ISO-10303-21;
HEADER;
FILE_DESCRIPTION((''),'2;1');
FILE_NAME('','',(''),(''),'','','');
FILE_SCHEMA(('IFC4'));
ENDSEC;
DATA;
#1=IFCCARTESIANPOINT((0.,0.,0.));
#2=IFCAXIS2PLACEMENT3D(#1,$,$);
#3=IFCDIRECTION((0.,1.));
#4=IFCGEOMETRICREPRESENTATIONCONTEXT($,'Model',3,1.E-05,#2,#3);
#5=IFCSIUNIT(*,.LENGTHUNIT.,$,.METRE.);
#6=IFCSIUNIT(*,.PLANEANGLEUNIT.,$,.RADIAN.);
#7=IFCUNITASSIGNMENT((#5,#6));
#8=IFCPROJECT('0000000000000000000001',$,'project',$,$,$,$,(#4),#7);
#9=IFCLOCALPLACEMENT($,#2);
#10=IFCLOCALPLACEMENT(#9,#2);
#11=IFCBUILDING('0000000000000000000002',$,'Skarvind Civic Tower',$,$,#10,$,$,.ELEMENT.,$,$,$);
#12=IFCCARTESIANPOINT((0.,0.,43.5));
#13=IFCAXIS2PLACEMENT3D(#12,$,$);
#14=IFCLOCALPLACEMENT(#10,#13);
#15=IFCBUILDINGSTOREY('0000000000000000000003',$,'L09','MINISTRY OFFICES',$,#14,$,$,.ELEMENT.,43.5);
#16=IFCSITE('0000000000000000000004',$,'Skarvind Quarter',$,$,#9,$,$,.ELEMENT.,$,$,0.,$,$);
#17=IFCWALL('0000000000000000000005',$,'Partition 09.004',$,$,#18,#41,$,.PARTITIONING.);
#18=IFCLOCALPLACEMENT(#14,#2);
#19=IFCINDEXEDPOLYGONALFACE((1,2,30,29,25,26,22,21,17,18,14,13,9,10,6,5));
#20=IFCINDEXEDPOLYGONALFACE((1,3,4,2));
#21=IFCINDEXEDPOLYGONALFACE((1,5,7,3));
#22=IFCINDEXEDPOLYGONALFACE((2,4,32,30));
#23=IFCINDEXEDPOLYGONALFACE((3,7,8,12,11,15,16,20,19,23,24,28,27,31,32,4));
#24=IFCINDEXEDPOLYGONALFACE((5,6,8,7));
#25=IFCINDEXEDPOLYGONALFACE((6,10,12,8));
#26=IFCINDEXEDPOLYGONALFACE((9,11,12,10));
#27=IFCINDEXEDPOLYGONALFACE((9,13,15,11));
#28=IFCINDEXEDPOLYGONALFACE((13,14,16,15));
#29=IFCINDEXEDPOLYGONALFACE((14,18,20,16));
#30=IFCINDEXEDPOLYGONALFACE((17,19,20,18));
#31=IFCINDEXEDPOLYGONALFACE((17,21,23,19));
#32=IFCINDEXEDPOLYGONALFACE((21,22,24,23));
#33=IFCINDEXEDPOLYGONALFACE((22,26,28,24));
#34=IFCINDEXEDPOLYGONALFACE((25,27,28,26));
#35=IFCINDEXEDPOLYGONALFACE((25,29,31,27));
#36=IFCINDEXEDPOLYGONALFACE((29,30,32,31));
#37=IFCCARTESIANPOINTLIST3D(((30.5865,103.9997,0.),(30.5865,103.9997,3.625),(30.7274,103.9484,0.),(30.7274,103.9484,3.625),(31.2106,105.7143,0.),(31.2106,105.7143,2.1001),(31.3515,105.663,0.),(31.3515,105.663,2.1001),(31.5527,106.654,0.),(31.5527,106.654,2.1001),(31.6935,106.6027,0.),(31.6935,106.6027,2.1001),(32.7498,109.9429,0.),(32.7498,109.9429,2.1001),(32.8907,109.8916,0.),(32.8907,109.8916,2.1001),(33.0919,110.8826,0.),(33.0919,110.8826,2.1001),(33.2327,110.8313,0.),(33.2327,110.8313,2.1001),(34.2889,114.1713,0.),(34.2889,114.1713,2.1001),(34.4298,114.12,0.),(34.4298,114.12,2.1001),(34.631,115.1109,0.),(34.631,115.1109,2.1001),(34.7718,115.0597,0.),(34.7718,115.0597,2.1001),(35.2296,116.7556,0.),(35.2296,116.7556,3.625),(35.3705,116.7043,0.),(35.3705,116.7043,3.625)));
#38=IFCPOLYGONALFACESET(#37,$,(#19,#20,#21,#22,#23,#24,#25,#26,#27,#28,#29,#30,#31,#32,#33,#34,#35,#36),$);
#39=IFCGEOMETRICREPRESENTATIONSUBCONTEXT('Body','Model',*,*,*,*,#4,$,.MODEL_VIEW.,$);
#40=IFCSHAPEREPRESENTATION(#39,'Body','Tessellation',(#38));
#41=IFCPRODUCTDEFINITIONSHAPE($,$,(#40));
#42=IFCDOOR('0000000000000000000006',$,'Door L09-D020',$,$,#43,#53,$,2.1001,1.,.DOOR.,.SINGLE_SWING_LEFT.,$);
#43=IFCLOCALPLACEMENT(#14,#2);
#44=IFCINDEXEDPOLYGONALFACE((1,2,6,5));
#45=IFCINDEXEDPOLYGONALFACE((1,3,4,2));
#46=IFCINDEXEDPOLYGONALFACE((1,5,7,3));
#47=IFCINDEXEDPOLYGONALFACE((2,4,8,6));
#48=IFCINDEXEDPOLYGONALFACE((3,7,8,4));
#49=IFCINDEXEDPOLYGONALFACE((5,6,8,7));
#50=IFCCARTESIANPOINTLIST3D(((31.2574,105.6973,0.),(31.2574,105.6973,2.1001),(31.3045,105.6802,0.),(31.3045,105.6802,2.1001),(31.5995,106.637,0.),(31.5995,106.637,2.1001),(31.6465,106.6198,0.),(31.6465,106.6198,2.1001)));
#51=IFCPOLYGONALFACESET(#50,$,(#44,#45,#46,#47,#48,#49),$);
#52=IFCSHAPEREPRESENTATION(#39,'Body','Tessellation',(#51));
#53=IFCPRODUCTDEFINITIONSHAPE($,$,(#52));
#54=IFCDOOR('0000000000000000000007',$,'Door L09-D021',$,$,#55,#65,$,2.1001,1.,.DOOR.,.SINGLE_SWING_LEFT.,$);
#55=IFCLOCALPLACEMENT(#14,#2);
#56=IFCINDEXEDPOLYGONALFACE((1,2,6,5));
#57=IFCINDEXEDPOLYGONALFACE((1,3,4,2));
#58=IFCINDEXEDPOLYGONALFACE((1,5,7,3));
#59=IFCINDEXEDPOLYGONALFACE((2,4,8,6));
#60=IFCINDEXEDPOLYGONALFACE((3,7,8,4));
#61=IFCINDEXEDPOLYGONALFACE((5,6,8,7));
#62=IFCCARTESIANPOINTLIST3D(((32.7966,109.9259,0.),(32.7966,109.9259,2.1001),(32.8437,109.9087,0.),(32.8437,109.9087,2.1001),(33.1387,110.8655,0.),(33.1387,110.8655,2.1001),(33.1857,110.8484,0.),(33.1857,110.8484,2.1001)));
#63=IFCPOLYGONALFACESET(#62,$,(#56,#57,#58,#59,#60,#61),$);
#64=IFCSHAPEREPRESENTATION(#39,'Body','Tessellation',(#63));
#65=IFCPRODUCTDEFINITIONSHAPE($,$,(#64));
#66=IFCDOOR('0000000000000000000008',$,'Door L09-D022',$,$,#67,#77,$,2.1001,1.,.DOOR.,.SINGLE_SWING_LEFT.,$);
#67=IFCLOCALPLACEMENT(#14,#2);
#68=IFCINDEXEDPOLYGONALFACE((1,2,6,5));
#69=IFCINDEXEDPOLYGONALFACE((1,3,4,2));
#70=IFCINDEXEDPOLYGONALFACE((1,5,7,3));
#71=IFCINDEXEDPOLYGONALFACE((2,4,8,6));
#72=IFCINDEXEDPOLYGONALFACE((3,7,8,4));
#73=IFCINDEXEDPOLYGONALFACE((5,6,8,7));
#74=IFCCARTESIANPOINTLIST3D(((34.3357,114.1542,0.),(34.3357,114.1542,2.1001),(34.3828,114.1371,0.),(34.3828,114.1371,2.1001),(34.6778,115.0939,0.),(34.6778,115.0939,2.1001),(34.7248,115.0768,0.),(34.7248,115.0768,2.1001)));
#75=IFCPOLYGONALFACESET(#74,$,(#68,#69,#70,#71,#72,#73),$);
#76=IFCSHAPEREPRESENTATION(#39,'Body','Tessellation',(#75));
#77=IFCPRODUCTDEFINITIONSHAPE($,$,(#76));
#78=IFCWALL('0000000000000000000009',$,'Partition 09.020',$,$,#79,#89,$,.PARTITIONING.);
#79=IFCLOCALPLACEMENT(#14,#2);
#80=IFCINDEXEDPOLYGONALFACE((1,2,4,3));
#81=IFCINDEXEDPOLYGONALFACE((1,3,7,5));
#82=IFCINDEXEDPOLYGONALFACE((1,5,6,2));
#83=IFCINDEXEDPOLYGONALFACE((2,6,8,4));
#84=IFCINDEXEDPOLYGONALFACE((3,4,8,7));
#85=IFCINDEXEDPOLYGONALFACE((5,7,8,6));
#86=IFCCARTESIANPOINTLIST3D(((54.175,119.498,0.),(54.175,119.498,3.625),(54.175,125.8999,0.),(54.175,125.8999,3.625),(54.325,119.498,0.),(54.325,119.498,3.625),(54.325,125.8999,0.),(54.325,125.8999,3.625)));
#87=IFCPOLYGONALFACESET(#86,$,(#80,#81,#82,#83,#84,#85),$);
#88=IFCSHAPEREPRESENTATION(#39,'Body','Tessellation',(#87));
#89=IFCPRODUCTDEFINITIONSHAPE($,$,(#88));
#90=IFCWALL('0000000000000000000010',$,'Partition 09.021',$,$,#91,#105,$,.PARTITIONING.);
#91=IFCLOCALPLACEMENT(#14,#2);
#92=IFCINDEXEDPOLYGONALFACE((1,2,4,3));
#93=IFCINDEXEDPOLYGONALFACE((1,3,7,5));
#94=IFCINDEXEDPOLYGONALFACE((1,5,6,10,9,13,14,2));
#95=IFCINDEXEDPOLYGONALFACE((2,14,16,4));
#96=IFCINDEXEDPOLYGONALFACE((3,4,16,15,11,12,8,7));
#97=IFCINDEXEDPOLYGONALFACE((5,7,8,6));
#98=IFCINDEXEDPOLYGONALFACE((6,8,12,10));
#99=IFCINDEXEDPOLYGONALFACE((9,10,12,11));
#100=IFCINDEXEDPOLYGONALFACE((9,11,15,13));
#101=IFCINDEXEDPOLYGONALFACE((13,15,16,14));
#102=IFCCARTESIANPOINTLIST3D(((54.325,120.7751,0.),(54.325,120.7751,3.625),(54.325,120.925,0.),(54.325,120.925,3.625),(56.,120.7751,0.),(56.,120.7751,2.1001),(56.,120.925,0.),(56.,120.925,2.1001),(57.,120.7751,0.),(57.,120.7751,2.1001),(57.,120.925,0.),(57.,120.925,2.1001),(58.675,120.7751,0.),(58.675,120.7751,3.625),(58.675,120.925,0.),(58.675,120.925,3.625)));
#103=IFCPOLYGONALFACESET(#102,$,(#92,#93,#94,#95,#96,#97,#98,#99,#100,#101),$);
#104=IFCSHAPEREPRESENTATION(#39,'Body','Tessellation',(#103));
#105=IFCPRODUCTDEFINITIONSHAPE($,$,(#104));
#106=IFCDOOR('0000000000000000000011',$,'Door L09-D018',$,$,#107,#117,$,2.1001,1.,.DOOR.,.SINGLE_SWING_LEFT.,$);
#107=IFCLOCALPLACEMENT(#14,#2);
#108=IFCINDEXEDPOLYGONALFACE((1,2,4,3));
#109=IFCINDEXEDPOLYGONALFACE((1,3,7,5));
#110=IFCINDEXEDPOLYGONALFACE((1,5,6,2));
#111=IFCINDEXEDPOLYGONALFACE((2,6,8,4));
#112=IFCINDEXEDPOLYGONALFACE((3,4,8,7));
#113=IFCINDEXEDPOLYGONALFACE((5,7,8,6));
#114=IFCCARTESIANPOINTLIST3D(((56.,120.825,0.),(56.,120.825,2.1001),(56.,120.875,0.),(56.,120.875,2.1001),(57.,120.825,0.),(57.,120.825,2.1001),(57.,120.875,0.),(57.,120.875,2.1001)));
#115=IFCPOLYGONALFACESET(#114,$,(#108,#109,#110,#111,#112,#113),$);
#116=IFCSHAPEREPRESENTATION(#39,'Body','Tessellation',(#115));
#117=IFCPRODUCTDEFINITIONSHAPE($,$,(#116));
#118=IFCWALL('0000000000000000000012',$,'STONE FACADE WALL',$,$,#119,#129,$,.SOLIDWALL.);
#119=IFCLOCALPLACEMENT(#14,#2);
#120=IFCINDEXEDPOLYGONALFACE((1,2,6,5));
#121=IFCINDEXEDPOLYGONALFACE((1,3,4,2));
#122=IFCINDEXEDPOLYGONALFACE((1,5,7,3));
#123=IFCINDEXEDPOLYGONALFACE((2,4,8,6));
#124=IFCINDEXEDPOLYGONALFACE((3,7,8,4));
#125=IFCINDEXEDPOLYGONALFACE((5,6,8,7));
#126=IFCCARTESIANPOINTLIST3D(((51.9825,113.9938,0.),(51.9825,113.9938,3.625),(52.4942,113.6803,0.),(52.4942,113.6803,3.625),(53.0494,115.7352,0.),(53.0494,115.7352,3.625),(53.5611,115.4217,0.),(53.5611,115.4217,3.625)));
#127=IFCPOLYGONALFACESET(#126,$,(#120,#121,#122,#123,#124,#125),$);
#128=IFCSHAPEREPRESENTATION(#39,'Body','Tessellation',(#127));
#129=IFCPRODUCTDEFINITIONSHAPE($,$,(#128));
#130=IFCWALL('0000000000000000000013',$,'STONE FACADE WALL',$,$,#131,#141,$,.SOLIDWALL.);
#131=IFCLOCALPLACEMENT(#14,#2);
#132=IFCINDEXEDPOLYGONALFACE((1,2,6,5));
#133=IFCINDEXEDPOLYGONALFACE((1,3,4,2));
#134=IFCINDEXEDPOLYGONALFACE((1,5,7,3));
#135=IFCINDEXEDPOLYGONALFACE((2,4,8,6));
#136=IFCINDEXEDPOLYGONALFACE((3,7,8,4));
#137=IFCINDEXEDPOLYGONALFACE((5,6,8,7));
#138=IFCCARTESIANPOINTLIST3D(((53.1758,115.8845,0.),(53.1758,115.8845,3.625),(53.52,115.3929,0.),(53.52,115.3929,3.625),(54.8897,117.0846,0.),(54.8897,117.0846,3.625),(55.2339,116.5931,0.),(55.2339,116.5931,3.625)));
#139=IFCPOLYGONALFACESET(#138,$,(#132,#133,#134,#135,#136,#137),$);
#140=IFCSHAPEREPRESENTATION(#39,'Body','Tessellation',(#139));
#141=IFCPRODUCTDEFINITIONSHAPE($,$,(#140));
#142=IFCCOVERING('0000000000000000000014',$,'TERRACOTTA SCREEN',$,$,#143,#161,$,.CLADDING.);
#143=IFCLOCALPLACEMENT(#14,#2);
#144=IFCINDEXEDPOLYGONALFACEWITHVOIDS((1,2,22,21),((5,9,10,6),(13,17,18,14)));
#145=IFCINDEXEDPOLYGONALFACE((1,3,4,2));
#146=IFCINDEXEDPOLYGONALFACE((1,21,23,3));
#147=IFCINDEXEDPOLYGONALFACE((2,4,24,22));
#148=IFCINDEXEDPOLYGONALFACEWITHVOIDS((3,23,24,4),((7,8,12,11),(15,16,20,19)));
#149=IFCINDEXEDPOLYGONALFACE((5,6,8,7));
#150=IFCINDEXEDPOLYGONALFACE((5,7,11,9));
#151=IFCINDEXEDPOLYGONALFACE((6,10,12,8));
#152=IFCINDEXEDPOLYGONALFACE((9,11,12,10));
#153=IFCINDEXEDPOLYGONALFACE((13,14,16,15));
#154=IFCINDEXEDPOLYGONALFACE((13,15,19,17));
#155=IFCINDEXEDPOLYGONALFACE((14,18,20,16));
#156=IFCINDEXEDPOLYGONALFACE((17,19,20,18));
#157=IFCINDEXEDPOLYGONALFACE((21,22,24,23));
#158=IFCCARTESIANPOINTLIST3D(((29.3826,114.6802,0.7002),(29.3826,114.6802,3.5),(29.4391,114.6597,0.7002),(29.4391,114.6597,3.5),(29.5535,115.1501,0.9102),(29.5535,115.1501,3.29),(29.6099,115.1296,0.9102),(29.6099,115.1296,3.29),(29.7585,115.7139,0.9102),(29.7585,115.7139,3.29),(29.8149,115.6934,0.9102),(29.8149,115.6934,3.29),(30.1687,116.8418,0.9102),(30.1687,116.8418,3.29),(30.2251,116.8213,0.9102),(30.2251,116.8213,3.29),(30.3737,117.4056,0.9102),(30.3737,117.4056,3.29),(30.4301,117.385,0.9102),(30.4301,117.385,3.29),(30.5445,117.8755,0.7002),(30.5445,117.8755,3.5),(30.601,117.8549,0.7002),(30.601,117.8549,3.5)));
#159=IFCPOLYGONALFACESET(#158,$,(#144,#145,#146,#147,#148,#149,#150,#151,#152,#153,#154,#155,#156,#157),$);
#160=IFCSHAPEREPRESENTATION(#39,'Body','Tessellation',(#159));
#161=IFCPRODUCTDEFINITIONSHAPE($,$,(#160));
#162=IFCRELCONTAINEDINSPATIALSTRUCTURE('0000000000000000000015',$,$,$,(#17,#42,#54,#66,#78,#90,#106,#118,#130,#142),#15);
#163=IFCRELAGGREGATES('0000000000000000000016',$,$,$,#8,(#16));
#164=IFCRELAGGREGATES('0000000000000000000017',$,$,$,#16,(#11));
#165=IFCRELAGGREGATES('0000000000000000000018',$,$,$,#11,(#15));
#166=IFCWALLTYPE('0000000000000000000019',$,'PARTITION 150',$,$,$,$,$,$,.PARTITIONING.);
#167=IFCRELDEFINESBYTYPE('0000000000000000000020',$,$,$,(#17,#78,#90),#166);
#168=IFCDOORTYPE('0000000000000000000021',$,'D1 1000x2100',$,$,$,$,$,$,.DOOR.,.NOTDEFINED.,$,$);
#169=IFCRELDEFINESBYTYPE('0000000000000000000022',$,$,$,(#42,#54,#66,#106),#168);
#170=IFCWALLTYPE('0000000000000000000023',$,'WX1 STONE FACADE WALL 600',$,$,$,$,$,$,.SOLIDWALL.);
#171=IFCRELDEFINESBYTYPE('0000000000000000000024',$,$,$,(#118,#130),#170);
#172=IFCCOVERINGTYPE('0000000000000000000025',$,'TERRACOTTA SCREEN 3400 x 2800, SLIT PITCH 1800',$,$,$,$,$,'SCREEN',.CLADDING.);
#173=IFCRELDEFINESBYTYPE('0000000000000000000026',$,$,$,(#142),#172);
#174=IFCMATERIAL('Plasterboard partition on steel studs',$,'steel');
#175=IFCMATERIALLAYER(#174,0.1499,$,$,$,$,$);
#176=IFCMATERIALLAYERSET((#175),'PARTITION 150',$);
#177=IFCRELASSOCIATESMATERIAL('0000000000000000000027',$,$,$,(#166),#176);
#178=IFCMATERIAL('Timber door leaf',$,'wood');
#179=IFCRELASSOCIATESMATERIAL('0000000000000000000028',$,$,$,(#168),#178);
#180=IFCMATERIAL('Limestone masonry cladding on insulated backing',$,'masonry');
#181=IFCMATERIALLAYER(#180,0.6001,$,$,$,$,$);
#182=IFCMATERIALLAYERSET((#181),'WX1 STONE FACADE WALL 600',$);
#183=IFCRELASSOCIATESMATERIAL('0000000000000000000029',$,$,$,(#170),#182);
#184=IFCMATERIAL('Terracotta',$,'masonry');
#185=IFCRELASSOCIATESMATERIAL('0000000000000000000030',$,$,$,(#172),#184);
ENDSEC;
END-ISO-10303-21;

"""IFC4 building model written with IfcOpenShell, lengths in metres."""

from ifc_helpers import new_model, si_unit, direction, frame, frame_2d, origin, place, context, subcontext, project, spatial, polyline, rectangle, outline, extrude, material, layer, layer_set, material_profile, profile_set, type_object, element, fill, save


model = new_model("IFC4")

# Units and contexts
model_context = context("Model", 3, precision=1e-05, world=origin(), true_north=direction((0.0, 1.0)))
body_context = subcontext(model_context, "Body", "Model", "MODEL_VIEW")
ifc_project = project(units=[si_unit("LENGTHUNIT", "METRE"), si_unit("PLANEANGLEUNIT", "RADIAN")], contexts=[model_context])

# Site, building, storey
site_placement = place(None, origin())
site = spatial("IfcSite", under=ifc_project, at=site_placement, Name="Skarvind Quarter", CompositionType="ELEMENT", RefElevation=0.0)
building_placement = place(site_placement, origin())
building = spatial("IfcBuilding", under=site, at=building_placement, Name="Skarvind Civic Tower", CompositionType="ELEMENT")
storey_placement = place(building_placement, frame((0.0, 0.0, 43.5)))
storey = spatial("IfcBuildingStorey", under=building, at=storey_placement, Name="L09", Description="MINISTRY OFFICES", CompositionType="ELEMENT", Elevation=43.5)

# Shared definitions
ifc_material_1 = material(Name="Plasterboard partition on steel studs", Category="steel")
ifc_layer_1 = layer(ifc_material_1, 0.1499)
ifc_layer_set_1 = layer_set([ifc_layer_1], Name="PARTITION 150")
wall_type_1 = type_object("IfcWallType", Name="PARTITION 150", PredefinedType="PARTITIONING", material=ifc_layer_set_1)

# Wall, openings, doors
wall_1_placement = place(storey_placement, frame((35.3, 116.73, 0.0), z_axis=(0.0, 0.0, 1.0), x_axis=(-0.342041, -0.939685, 0.0)))
wall_1 = element("IfcWall", 1, at=wall_1_placement, inside=storey, type_object=wall_type_1, Name="Partition 09.004", PredefinedType="PARTITIONING", context=body_context, shape_type="SweptSolid", body=[
    extrude(rectangle(XDim=13.5747, YDim=0.1499, at=frame_2d((6.7874, 0.0))), origin(), (0.0, 0.0, 1.0), 3.625),
])
opening_1_placement = place(wall_1_placement, frame((10.75, 0.0, 0.0)))
opening_1 = element("IfcOpeningElement", 2, at=opening_1_placement, cuts=wall_1, PredefinedType="OPENING", context=body_context, shape_type="SweptSolid", body=[
    extrude(rectangle(XDim=1.0, YDim=2.1001, at=frame_2d((0.5, 1.05))), frame((0.0, 0.085, 0.0), z_axis=(0.0, -1.0, 0.0), x_axis=(1.0, 0.0, 0.0)), (0.0, 0.0, 1.0), 0.1699),
])
opening_2_placement = place(wall_1_placement, frame((6.25, 0.0, 0.0)))
opening_2 = element("IfcOpeningElement", 3, at=opening_2_placement, cuts=wall_1, PredefinedType="OPENING", context=body_context, shape_type="SweptSolid", body=[
    extrude(rectangle(XDim=1.0, YDim=2.1001, at=frame_2d((0.5, 1.05))), frame((0.0, 0.085, 0.0), z_axis=(0.0, -1.0, 0.0), x_axis=(1.0, 0.0, 0.0)), (0.0, 0.0, 1.0), 0.1699),
])
opening_3_placement = place(wall_1_placement, frame((1.7502, 0.0, 0.0)))
opening_3 = element("IfcOpeningElement", 4, at=opening_3_placement, cuts=wall_1, PredefinedType="OPENING", context=body_context, shape_type="SweptSolid", body=[
    extrude(rectangle(XDim=1.0, YDim=2.1001, at=frame_2d((0.5, 1.05))), frame((0.0, 0.085, 0.0), z_axis=(0.0, -1.0, 0.0), x_axis=(1.0, 0.0, 0.0)), (0.0, 0.0, 1.0), 0.1699),
])
ifc_material_2 = material(Name="Timber door leaf", Category="wood")
door_type_1 = type_object("IfcDoorType", Name="D1 1000x2100", OperationType="NOTDEFINED", PredefinedType="DOOR", material=ifc_material_2)
door_1_placement = place(opening_1_placement, origin())
door_1 = element("IfcDoor", 5, at=door_1_placement, inside=storey, type_object=door_type_1, Name="Door L09-D020", OperationType="SINGLE_SWING_LEFT", OverallHeight=2.1001, OverallWidth=1.0, PredefinedType="DOOR", context=body_context, shape_type="SweptSolid", body=[
    extrude(rectangle(XDim=1.0, YDim=2.1001, at=frame_2d((0.5, 1.05))), frame((0.0, 0.0249, 0.0), z_axis=(0.0, -1.0, 0.0), x_axis=(1.0, 0.0, 0.0)), (0.0, 0.0, 1.0), 0.05),
])
fill(opening_1, door_1)
door_2_placement = place(opening_2_placement, origin())
door_2 = element("IfcDoor", 6, at=door_2_placement, inside=storey, type_object=door_type_1, Name="Door L09-D021", OperationType="SINGLE_SWING_LEFT", OverallHeight=2.1001, OverallWidth=1.0, PredefinedType="DOOR", context=body_context, shape_type="SweptSolid", body=[
    extrude(rectangle(XDim=1.0, YDim=2.1001, at=frame_2d((0.5, 1.05))), frame((0.0, 0.0249, 0.0), z_axis=(0.0, -1.0, 0.0), x_axis=(1.0, 0.0, 0.0)), (0.0, 0.0, 1.0), 0.05),
])
fill(opening_2, door_2)
door_3_placement = place(opening_3_placement, origin())
door_3 = element("IfcDoor", 7, at=door_3_placement, inside=storey, type_object=door_type_1, Name="Door L09-D022", OperationType="SINGLE_SWING_LEFT", OverallHeight=2.1001, OverallWidth=1.0, PredefinedType="DOOR", context=body_context, shape_type="SweptSolid", body=[
    extrude(rectangle(XDim=1.0, YDim=2.1001, at=frame_2d((0.5, 1.05))), frame((0.0, 0.0249, 0.0), z_axis=(0.0, -1.0, 0.0), x_axis=(1.0, 0.0, 0.0)), (0.0, 0.0, 1.0), 0.05),
])
fill(opening_3, door_3)

# Wall
wall_2_placement = place(storey_placement, frame((54.25, 119.498, 0.0), z_axis=(0.0, 0.0, 1.0), x_axis=(0.0, 1.0, 0.0)))
element("IfcWall", 8, at=wall_2_placement, inside=storey, type_object=wall_type_1, Name="Partition 09.020", PredefinedType="PARTITIONING", context=body_context, shape_type="SweptSolid", body=[
    extrude(rectangle(XDim=6.4019, YDim=0.1499, at=frame_2d((3.2009, 0.0))), origin(), (0.0, 0.0, 1.0), 3.625),
])

# Wall, opening, door
wall_3_placement = place(storey_placement, frame((54.325, 120.8501, 0.0), z_axis=(0.0, 0.0, 1.0), x_axis=(1.0, 0.0, 0.0)))
wall_3 = element("IfcWall", 9, at=wall_3_placement, inside=storey, type_object=wall_type_1, Name="Partition 09.021", PredefinedType="PARTITIONING", context=body_context, shape_type="SweptSolid", body=[
    extrude(rectangle(XDim=4.3501, YDim=0.1499, at=frame_2d((2.175, 0.0))), origin(), (0.0, 0.0, 1.0), 3.625),
])
opening_4_placement = place(wall_3_placement, frame((1.675, 0.0, 0.0)))
opening_4 = element("IfcOpeningElement", 10, at=opening_4_placement, cuts=wall_3, PredefinedType="OPENING", context=body_context, shape_type="SweptSolid", body=[
    extrude(rectangle(XDim=1.0, YDim=2.1001, at=frame_2d((0.5, 1.05))), frame((0.0, 0.085, 0.0), z_axis=(0.0, -1.0, 0.0), x_axis=(1.0, 0.0, 0.0)), (0.0, 0.0, 1.0), 0.1699),
])
door_4_placement = place(opening_4_placement, origin())
door_4 = element("IfcDoor", 11, at=door_4_placement, inside=storey, type_object=door_type_1, Name="Door L09-D018", OperationType="SINGLE_SWING_LEFT", OverallHeight=2.1001, OverallWidth=1.0, PredefinedType="DOOR", context=body_context, shape_type="SweptSolid", body=[
    extrude(rectangle(XDim=1.0, YDim=2.1001, at=frame_2d((0.5, 1.05))), frame((0.0, 0.0249, 0.0), z_axis=(0.0, -1.0, 0.0), x_axis=(1.0, 0.0, 0.0)), (0.0, 0.0, 1.0), 0.05),
])
fill(opening_4, door_4)

# Shared definitions
ifc_material_3 = material(Name="Limestone masonry cladding on insulated backing", Category="masonry")
ifc_layer_2 = layer(ifc_material_3, 0.6001)
ifc_layer_set_2 = layer_set([ifc_layer_2], Name="WX1 STONE FACADE WALL 600")
wall_type_2 = type_object("IfcWallType", Name="WX1 STONE FACADE WALL 600", PredefinedType="SOLIDWALL", material=ifc_layer_set_2)

# Walls
wall_4_placement = place(storey_placement, frame((53.3052, 115.5784, 0.0), z_axis=(0.0, 0.0, 1.0), x_axis=(-0.522402, -0.852699, 0.0)))
element("IfcWall", 12, at=wall_4_placement, inside=storey, type_object=wall_type_2, Name="STONE FACADE WALL", PredefinedType="SOLIDWALL", context=body_context, shape_type="SweptSolid", body=[
    extrude(rectangle(XDim=2.0422, YDim=0.6001, at=frame_2d((1.021, 0.0))), origin(), (0.0, 0.0, 1.0), 3.625),
])
wall_5_placement = place(storey_placement, frame((55.0618, 116.8389, 0.0), z_axis=(0.0, 0.0, 1.0), x_axis=(-0.819122, -0.573619, 0.0)))
element("IfcWall", 13, at=wall_5_placement, inside=storey, type_object=wall_type_2, Name="STONE FACADE WALL", PredefinedType="SOLIDWALL", context=body_context, shape_type="SweptSolid", body=[
    extrude(rectangle(XDim=2.0923, YDim=0.6001, at=frame_2d((1.0461, 0.0))), origin(), (0.0, 0.0, 1.0), 3.625),
])

# Covering
ifc_material_4 = material(Name="Terracotta", Category="masonry")
ifc_material_profile_1 = material_profile(ifc_material_4, outline(polyline([(-1.7, -1.3999), (1.7, -1.3999), (1.7, 1.3999), (-1.7, 1.3999), (-1.7, -1.3999)]), holes=[polyline([(-1.2, -1.1899), (-0.6001, -1.1899), (-0.6001, 1.1899), (-1.2, 1.1899), (-1.2, -1.1899)]), polyline([(0.6001, -1.1899), (1.2, -1.1899), (1.2, 1.1899), (0.6001, 1.1899), (0.6001, -1.1899)])]), Name="TERRACOTTA SCREEN 3400 x 2800, SLIT PITCH 1800")
ifc_profile_set_1 = profile_set([ifc_material_profile_1], Name="Terracotta")
covering_type = type_object("IfcCoveringType", Name="TERRACOTTA SCREEN 3400 x 2800, SLIT PITCH 1800", ElementType="SCREEN", PredefinedType="CLADDING", material=ifc_profile_set_1)
covering_placement = place(storey_placement, frame((30.02, 116.2573, 2.1001), z_axis=(-0.939793, 0.341743, 0.0), x_axis=(-0.341743, -0.939793, 0.0)))
element("IfcCovering", 14, at=covering_placement, inside=storey, type_object=covering_type, Name="TERRACOTTA SCREEN", PredefinedType="CLADDING", context=body_context, shape_type="SweptSolid", body=[
    extrude(outline(polyline([(-1.7, -1.3999), (1.7, -1.3999), (1.7, 1.3999), (-1.7, 1.3999), (-1.7, -1.3999)]), holes=[polyline([(-1.2, -1.1899), (-0.6001, -1.1899), (-0.6001, 1.1899), (-1.2, 1.1899), (-1.2, -1.1899)]), polyline([(0.6001, -1.1899), (1.2, -1.1899), (1.2, 1.1899), (0.6001, 1.1899), (0.6001, -1.1899)])]), origin(), (0.0, 0.0, 1.0), 0.0601),
])

save(model, "model.ifc")
